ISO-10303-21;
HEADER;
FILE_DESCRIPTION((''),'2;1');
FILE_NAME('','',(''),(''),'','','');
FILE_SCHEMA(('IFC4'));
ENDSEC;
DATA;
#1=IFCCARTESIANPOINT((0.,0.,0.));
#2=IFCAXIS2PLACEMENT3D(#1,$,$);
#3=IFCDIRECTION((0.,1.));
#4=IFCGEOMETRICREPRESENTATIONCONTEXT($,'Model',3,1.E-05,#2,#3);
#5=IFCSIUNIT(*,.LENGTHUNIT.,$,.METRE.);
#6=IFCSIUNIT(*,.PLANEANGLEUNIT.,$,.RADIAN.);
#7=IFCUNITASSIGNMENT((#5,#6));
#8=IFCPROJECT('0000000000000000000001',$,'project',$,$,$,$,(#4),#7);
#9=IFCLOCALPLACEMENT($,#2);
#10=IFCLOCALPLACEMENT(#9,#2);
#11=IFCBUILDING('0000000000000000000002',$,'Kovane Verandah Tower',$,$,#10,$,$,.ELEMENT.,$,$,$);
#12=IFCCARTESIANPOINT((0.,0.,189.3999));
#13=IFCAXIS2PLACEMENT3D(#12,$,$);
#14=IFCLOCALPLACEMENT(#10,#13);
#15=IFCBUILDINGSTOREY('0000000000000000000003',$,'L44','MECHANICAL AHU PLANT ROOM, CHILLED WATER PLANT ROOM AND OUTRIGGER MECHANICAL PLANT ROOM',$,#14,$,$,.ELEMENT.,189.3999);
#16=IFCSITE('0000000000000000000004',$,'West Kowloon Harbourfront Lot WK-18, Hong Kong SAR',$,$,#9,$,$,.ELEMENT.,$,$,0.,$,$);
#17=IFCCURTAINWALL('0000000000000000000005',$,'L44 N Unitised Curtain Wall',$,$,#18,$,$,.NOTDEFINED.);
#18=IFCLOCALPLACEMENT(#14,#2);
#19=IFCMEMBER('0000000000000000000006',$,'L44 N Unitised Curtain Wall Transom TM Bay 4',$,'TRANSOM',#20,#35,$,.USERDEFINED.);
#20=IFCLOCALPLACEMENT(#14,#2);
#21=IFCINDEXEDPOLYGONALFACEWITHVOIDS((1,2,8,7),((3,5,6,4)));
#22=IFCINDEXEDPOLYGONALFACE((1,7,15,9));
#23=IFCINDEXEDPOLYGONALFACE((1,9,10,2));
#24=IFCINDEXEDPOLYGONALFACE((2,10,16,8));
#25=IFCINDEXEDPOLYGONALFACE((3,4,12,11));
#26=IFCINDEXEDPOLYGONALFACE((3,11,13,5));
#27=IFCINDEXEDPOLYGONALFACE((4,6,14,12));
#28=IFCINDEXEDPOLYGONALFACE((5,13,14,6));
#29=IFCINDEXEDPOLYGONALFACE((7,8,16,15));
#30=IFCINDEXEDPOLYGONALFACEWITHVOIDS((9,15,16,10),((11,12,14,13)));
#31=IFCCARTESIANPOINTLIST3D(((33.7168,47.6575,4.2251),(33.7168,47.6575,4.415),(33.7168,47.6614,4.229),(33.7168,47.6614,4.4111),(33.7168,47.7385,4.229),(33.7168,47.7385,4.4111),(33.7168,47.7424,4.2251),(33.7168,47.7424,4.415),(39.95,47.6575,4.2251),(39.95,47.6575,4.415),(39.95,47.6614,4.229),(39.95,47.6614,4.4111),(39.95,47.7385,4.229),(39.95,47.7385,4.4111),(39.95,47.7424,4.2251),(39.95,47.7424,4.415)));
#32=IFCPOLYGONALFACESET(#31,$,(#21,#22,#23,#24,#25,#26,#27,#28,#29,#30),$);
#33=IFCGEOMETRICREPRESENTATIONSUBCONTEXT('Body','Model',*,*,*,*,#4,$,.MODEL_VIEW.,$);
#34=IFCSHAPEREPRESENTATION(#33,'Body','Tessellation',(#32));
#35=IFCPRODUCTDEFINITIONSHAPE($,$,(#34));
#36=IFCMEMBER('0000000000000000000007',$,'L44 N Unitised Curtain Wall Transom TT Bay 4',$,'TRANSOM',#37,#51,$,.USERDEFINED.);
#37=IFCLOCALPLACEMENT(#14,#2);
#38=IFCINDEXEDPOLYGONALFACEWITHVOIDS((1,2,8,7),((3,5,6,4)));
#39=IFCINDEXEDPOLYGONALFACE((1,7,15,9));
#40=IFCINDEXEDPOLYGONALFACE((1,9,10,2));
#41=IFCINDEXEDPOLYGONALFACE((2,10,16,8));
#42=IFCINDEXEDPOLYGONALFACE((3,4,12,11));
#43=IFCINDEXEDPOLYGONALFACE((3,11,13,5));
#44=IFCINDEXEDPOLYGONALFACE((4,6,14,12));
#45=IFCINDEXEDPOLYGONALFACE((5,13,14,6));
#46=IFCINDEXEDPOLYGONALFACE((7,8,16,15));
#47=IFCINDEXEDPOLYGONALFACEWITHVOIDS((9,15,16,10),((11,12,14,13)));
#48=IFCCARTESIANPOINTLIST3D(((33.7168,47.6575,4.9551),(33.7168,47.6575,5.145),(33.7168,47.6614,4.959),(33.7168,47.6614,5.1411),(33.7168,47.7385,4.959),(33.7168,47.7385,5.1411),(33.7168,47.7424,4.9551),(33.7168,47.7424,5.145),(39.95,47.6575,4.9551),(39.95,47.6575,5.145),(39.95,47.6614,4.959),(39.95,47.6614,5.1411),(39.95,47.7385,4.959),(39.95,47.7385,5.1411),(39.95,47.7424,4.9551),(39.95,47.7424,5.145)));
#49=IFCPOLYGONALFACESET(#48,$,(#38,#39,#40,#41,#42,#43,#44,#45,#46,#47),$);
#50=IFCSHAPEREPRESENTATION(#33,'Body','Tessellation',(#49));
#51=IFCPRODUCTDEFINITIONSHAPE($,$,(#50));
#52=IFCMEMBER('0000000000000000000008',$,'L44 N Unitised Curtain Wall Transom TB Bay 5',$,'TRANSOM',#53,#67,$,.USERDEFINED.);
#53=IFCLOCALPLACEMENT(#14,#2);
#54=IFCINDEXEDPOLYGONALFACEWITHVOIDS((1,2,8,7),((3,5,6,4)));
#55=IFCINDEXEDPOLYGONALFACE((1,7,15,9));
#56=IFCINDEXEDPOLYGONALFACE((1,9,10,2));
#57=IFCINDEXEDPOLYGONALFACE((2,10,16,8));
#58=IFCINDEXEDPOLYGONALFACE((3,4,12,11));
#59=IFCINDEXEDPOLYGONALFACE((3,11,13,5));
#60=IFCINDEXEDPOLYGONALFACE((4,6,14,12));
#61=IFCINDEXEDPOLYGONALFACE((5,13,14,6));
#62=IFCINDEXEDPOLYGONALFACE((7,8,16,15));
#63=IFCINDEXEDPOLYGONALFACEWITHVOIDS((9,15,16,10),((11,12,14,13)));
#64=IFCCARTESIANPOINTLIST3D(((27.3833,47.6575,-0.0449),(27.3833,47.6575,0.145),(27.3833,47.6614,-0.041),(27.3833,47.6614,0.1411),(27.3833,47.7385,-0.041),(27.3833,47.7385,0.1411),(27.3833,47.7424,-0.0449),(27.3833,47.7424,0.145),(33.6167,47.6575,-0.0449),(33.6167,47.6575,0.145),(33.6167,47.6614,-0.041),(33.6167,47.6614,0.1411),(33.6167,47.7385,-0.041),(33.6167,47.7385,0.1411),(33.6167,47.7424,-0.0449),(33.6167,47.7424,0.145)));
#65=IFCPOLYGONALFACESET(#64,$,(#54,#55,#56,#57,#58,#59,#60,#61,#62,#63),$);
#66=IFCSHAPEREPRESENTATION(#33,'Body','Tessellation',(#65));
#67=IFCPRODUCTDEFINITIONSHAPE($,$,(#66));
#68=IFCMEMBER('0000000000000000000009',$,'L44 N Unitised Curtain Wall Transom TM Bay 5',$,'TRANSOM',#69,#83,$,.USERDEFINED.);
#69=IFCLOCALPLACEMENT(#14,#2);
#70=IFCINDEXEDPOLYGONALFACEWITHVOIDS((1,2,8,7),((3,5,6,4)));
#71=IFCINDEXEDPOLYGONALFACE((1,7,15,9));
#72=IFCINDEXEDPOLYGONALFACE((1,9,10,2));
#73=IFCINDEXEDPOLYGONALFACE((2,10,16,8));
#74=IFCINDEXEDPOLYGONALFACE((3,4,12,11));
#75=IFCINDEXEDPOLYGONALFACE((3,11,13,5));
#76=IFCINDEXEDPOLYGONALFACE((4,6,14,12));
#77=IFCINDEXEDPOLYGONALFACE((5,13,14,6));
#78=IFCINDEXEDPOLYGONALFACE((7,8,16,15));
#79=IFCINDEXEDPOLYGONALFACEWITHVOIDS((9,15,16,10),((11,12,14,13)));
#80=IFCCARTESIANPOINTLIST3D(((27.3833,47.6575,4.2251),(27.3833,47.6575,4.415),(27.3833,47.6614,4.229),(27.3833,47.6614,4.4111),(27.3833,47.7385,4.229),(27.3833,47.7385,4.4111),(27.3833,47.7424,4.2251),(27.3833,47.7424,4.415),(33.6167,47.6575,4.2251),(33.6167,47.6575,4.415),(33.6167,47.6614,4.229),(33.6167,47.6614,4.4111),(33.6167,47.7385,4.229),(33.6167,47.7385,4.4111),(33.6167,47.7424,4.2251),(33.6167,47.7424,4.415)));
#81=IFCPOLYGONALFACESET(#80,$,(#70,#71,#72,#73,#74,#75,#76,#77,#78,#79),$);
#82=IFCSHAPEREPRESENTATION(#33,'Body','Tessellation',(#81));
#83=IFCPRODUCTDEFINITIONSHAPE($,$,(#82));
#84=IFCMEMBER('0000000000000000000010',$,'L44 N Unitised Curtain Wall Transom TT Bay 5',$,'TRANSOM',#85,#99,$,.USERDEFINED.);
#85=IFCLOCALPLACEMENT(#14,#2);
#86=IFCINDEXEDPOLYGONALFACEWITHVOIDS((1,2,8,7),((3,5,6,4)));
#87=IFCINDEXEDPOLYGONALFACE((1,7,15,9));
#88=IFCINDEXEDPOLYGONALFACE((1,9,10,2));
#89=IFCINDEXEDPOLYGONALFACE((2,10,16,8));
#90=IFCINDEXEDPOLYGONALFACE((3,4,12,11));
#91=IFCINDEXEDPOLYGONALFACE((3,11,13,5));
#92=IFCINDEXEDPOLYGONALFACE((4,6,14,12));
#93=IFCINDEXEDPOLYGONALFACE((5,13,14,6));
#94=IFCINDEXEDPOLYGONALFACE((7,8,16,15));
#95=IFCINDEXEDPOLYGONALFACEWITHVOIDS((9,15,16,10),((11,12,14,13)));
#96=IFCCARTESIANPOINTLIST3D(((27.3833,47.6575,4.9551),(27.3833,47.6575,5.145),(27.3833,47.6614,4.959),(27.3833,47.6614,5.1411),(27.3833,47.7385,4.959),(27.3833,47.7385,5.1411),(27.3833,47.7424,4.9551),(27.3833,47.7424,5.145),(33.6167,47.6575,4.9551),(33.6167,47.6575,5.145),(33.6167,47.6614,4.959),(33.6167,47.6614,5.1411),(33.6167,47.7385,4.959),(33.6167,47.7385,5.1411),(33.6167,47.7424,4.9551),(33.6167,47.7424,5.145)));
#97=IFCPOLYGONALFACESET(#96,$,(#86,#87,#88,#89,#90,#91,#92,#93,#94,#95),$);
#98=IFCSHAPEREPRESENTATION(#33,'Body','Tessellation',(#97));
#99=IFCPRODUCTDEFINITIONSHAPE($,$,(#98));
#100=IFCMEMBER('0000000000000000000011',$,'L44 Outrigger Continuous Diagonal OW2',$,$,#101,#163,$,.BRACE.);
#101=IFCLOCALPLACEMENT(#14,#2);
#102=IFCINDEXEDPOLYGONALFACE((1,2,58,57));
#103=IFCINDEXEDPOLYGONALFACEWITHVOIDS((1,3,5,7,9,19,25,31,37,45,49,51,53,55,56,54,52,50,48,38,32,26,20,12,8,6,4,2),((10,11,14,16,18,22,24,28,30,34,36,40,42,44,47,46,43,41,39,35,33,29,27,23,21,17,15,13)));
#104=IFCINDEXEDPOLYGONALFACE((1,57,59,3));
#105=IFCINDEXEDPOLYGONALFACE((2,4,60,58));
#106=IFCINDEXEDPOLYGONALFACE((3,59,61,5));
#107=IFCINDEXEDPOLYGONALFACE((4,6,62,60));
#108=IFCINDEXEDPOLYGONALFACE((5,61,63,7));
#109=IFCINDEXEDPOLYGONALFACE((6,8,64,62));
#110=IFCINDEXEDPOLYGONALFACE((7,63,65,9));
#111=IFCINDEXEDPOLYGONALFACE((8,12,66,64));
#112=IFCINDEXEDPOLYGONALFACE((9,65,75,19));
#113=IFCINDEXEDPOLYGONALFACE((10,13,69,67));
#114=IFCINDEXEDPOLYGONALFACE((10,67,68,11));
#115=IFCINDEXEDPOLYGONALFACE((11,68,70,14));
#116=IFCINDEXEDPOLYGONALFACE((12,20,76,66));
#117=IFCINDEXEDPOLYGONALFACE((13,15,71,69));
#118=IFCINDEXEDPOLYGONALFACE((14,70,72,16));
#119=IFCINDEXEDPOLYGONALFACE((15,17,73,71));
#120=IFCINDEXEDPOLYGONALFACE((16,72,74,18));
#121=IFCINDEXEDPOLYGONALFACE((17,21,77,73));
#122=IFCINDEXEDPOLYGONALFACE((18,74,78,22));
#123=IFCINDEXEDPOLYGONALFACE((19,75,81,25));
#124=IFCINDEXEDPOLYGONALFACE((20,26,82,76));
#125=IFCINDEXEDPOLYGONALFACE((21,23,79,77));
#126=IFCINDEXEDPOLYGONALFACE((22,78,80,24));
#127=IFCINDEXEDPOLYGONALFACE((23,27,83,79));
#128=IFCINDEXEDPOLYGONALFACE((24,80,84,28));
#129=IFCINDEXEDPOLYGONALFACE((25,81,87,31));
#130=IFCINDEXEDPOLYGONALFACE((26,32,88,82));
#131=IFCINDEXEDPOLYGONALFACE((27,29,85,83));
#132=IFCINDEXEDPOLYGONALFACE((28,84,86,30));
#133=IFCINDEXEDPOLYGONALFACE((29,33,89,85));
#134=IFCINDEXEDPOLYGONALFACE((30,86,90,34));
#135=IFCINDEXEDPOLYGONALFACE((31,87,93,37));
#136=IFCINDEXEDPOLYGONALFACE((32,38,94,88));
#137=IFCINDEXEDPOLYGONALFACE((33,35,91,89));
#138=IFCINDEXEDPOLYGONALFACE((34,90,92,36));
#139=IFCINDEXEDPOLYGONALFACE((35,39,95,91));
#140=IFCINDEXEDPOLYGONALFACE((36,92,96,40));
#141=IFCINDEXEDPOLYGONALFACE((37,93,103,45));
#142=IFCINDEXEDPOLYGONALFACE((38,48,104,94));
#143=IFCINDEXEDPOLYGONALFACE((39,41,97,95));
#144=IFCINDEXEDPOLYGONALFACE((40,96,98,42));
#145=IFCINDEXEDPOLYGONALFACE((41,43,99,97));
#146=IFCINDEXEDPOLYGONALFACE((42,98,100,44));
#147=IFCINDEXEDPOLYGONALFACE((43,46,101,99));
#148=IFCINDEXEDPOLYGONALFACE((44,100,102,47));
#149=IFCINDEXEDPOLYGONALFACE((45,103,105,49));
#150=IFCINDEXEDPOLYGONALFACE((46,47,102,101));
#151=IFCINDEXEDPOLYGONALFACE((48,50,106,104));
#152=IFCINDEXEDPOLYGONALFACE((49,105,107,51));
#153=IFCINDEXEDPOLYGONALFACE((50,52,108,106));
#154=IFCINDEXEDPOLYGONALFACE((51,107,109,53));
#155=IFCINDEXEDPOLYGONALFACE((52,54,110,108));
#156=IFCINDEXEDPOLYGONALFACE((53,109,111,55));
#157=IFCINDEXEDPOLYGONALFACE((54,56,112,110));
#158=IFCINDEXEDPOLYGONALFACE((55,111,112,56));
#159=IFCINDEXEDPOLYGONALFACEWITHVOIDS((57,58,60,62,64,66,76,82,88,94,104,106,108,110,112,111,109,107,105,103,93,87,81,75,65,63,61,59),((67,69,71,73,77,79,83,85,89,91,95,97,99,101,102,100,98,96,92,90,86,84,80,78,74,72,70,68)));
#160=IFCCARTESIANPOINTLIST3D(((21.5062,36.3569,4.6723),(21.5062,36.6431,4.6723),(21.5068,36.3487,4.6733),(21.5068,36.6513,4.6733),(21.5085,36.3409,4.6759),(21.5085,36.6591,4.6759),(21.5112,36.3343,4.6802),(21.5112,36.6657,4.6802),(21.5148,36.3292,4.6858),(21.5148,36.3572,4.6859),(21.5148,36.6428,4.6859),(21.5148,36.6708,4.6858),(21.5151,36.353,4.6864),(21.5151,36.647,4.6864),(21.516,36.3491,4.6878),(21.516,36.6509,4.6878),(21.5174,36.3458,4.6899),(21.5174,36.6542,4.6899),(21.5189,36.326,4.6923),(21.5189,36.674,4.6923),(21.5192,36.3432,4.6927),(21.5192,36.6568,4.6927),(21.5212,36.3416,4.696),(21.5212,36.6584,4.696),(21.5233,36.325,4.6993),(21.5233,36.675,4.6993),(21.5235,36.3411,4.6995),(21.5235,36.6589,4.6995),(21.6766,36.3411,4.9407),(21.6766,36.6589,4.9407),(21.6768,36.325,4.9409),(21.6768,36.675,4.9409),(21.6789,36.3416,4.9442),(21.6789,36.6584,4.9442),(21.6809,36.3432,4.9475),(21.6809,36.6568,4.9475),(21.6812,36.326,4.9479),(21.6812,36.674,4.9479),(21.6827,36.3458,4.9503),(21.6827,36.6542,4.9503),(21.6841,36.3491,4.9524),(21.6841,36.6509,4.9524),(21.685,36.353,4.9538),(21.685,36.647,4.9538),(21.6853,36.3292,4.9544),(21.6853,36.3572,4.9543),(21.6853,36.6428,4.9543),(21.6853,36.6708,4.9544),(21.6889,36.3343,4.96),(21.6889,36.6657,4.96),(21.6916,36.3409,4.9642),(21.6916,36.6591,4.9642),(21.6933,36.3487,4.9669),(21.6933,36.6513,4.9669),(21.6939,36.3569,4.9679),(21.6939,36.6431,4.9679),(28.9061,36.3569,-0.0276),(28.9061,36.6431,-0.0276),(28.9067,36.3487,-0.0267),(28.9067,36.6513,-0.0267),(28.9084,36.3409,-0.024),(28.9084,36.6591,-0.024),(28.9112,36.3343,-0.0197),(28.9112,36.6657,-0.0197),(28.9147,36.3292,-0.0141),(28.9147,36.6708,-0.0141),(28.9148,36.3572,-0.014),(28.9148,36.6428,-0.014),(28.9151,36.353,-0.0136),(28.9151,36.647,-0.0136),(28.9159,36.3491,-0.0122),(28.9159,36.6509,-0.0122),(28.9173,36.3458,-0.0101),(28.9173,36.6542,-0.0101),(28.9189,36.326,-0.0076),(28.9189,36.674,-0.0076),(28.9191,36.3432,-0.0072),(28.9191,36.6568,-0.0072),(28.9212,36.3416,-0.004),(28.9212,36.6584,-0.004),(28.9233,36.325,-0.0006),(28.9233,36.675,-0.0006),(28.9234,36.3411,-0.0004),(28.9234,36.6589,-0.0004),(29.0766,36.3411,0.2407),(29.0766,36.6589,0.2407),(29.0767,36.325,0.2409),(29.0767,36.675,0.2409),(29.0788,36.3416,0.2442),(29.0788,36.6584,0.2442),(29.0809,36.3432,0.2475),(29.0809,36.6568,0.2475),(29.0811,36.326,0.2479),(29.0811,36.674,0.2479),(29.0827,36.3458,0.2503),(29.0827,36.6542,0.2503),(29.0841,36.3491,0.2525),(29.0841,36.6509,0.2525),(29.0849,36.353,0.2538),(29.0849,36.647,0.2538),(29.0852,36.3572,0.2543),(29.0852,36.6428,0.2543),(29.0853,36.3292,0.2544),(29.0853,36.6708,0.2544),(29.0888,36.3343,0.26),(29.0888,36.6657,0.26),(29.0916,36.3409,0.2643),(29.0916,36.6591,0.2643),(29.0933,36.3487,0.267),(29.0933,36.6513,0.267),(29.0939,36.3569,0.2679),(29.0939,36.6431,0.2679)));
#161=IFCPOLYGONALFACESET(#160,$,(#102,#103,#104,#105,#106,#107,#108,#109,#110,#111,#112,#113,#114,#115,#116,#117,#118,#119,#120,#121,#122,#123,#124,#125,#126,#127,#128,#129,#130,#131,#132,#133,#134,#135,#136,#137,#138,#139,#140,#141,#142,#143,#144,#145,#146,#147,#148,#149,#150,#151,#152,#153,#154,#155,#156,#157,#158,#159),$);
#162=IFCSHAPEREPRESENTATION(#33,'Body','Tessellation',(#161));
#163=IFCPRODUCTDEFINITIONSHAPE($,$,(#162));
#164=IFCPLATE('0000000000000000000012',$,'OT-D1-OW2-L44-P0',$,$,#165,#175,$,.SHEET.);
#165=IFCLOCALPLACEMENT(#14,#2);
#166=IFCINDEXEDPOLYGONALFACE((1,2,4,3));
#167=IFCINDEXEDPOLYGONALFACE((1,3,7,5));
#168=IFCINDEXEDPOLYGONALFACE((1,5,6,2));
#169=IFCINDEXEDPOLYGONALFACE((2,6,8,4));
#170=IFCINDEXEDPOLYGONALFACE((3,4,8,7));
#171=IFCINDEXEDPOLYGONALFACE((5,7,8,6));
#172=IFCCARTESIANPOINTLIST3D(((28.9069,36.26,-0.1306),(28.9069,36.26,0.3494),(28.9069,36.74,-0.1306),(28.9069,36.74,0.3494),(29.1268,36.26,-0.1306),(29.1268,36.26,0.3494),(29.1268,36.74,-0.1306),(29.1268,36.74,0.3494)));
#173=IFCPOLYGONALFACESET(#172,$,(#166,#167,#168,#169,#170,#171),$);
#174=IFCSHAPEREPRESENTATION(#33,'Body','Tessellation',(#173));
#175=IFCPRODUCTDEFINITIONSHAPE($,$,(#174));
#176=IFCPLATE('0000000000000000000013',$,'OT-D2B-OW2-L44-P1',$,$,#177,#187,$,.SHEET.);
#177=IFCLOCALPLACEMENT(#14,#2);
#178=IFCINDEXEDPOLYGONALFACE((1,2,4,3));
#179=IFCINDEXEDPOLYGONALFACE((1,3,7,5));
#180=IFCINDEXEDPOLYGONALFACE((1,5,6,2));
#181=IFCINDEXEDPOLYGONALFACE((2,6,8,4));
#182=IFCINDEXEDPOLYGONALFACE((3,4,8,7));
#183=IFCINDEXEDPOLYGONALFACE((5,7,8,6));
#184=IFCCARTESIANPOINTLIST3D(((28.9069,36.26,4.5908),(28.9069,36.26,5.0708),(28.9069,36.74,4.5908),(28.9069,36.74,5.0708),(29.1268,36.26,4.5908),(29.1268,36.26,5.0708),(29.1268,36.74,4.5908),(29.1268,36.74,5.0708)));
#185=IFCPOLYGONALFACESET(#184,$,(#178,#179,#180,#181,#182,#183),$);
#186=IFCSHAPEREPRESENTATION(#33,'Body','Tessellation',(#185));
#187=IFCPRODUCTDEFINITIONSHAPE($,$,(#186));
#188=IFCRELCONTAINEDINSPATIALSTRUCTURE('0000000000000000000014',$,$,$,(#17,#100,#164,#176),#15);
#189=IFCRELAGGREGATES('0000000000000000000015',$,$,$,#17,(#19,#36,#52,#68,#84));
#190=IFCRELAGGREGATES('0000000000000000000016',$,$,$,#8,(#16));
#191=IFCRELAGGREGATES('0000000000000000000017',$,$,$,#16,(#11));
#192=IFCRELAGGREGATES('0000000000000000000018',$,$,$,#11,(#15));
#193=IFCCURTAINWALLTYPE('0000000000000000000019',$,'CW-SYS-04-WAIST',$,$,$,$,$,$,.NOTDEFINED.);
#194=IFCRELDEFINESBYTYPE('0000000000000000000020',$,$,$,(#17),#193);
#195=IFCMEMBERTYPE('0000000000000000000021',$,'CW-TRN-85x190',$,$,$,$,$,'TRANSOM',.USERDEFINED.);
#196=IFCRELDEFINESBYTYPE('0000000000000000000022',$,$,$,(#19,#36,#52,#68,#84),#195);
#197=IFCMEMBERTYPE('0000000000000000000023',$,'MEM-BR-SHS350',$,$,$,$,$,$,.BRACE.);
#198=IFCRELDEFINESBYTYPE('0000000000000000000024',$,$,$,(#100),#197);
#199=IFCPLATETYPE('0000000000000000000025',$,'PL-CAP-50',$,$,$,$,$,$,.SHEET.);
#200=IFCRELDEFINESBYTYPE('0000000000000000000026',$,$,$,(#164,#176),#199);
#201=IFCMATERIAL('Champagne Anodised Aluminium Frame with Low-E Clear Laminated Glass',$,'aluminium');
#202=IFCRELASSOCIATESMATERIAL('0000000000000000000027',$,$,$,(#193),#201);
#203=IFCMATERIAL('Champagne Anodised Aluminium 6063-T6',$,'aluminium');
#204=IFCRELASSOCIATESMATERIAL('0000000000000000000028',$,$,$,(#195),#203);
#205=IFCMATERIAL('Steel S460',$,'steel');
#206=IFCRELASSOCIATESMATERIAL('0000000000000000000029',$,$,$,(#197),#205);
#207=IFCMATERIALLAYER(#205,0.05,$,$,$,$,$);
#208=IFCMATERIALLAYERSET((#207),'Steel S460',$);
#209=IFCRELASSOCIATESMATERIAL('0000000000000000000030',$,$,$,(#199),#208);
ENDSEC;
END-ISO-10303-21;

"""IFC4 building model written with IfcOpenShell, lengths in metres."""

from ifc_helpers import new_model, si_unit, direction, frame, origin, origin_2d, place, context, subcontext, project, spatial, rectangle, hollow_rectangle, extrude, material, layer, layer_set, material_profile, profile_set, type_object, element, aggregate, save


model = new_model("IFC4")

# Units and contexts
model_context = context("Model", 3, precision=1e-05, world=origin(), true_north=direction((0.0, 1.0)))
body_context = subcontext(model_context, "Body", "Model", "MODEL_VIEW")
ifc_project = project(units=[si_unit("LENGTHUNIT", "METRE"), si_unit("PLANEANGLEUNIT", "RADIAN")], contexts=[model_context])

# Site, building, storey
site_placement = place(None, origin())
site = spatial("IfcSite", under=ifc_project, at=site_placement, Name="West Kowloon Harbourfront Lot WK-18, Hong Kong SAR", CompositionType="ELEMENT", RefElevation=0.0)
building_placement = place(site_placement, origin())
building = spatial("IfcBuilding", under=site, at=building_placement, Name="Kovane Verandah Tower", CompositionType="ELEMENT")
storey_placement = place(building_placement, frame((0.0, 0.0, 189.3999)))
storey = spatial("IfcBuildingStorey", under=building, at=storey_placement, Name="L44", Description="MECHANICAL AHU PLANT ROOM, CHILLED WATER PLANT ROOM AND OUTRIGGER MECHANICAL PLANT ROOM", CompositionType="ELEMENT", Elevation=189.3999)

# Shared definitions
ifc_material_1 = material(Name="Steel S460", Category="steel")

# Curtain wall, members
ifc_material_2 = material(Name="Champagne Anodised Aluminium Frame with Low-E Clear Laminated Glass", Category="aluminium")
curtain_wall_type = type_object("IfcCurtainWallType", Name="CW-SYS-04-WAIST", PredefinedType="NOTDEFINED", material=ifc_material_2)
curtain_wall_placement = place(storey_placement, origin())
curtain_wall = element("IfcCurtainWall", 1, at=curtain_wall_placement, inside=storey, type_object=curtain_wall_type, Name="L44 N Unitised Curtain Wall", PredefinedType="NOTDEFINED")
ifc_material_3 = material(Name="Champagne Anodised Aluminium 6063-T6", Category="aluminium")
ifc_material_profile_1 = material_profile(ifc_material_3, hollow_rectangle(XDim=0.085, YDim=0.1899, WallThickness=0.0039, at=origin_2d()), Name="AL85x190x4")
ifc_profile_set_1 = profile_set([ifc_material_profile_1], Name="Champagne Anodised Aluminium 6063-T6")
member_type_1 = type_object("IfcMemberType", Name="CW-TRN-85x190", ElementType="TRANSOM", PredefinedType="USERDEFINED", material=ifc_profile_set_1)
member_1_placement = place(storey_placement, frame((39.95, 47.7, 4.3201), z_axis=(-1.0, 0.0, 0.0), x_axis=(0.0, -1.0, 0.0)))
member_1 = element("IfcMember", 2, at=member_1_placement, type_object=member_type_1, Name="L44 N Unitised Curtain Wall Transom TM Bay 4", ObjectType="TRANSOM", PredefinedType="USERDEFINED", context=body_context, shape_type="SweptSolid", body=[
    extrude(hollow_rectangle(XDim=0.085, YDim=0.1899, WallThickness=0.0039, at=origin_2d()), origin(), (0.0, 0.0, 1.0), 6.2332),
])
member_2_placement = place(storey_placement, frame((39.95, 47.7, 5.05), z_axis=(-1.0, 0.0, 0.0), x_axis=(0.0, -1.0, 0.0)))
member_2 = element("IfcMember", 3, at=member_2_placement, type_object=member_type_1, Name="L44 N Unitised Curtain Wall Transom TT Bay 4", ObjectType="TRANSOM", PredefinedType="USERDEFINED", context=body_context, shape_type="SweptSolid", body=[
    extrude(hollow_rectangle(XDim=0.085, YDim=0.1899, WallThickness=0.0039, at=origin_2d()), origin(), (0.0, 0.0, 1.0), 6.2332),
])
member_3_placement = place(storey_placement, frame((33.6167, 47.7, 0.05), z_axis=(-1.0, 0.0, 0.0), x_axis=(0.0, -1.0, 0.0)))
member_3 = element("IfcMember", 4, at=member_3_placement, type_object=member_type_1, Name="L44 N Unitised Curtain Wall Transom TB Bay 5", ObjectType="TRANSOM", PredefinedType="USERDEFINED", context=body_context, shape_type="SweptSolid", body=[
    extrude(hollow_rectangle(XDim=0.085, YDim=0.1899, WallThickness=0.0039, at=origin_2d()), origin(), (0.0, 0.0, 1.0), 6.2334),
])
member_4_placement = place(storey_placement, frame((33.6167, 47.7, 4.3201), z_axis=(-1.0, 0.0, 0.0), x_axis=(0.0, -1.0, 0.0)))
member_4 = element("IfcMember", 5, at=member_4_placement, type_object=member_type_1, Name="L44 N Unitised Curtain Wall Transom TM Bay 5", ObjectType="TRANSOM", PredefinedType="USERDEFINED", context=body_context, shape_type="SweptSolid", body=[
    extrude(hollow_rectangle(XDim=0.085, YDim=0.1899, WallThickness=0.0039, at=origin_2d()), origin(), (0.0, 0.0, 1.0), 6.2334),
])
member_5_placement = place(storey_placement, frame((33.6167, 47.7, 5.05), z_axis=(-1.0, 0.0, 0.0), x_axis=(0.0, -1.0, 0.0)))
member_5 = element("IfcMember", 6, at=member_5_placement, type_object=member_type_1, Name="L44 N Unitised Curtain Wall Transom TT Bay 5", ObjectType="TRANSOM", PredefinedType="USERDEFINED", context=body_context, shape_type="SweptSolid", body=[
    extrude(hollow_rectangle(XDim=0.085, YDim=0.1899, WallThickness=0.0039, at=origin_2d()), origin(), (0.0, 0.0, 1.0), 6.2334),
])

# Member
ifc_material_profile_2 = material_profile(ifc_material_1, hollow_rectangle(XDim=0.3501, YDim=0.3501, WallThickness=0.0161, InnerFilletRadius=0.0161, OuterFilletRadius=0.032, at=origin_2d()), Name="SHS350x350x16")
ifc_profile_set_2 = profile_set([ifc_material_profile_2], Name="Steel S460")
member_type_2 = type_object("IfcMemberType", Name="MEM-BR-SHS350", PredefinedType="BRACE", material=ifc_profile_set_2)
member_6_placement = place(storey_placement, frame((29.0, 36.5, 0.1201), z_axis=(-0.84413, 0.0, 0.536138), x_axis=(0.0, -1.0, 0.0)))
element("IfcMember", 7, at=member_6_placement, inside=storey, type_object=member_type_2, Name="L44 Outrigger Continuous Diagonal OW2", PredefinedType="BRACE", context=body_context, shape_type="SweptSolid", body=[
    extrude(hollow_rectangle(XDim=0.3501, YDim=0.3501, WallThickness=0.0161, InnerFilletRadius=0.0161, OuterFilletRadius=0.032, at=origin_2d()), origin(), (0.0, 0.0, 1.0), 8.7664),
])

# Plates
ifc_layer_1 = layer(ifc_material_1, 0.05)
ifc_layer_set_1 = layer_set([ifc_layer_1], Name="Steel S460")
plate_type_1 = type_object("IfcPlateType", Name="PL-CAP-50", PredefinedType="SHEET", material=ifc_layer_set_1)
for number, where, z_axis, x_axis, name in (
    (8, (29.0168, 36.5, -0.1306), (0.0, 0.0, 1.0), (-1.0, 0.0, 0.0), "OT-D1-OW2-L44-P0"),
    (9, (29.0168, 36.5, 4.5908), (0.0, 0.0, 1.0), (1.0, 0.0, 0.0), "OT-D2B-OW2-L44-P1"),
):
    element("IfcPlate", number, at=place(storey_placement, frame(where, z_axis=z_axis, x_axis=x_axis)), inside=storey, type_object=plate_type_1, Name=name, PredefinedType="SHEET", context=body_context, shape_type="SweptSolid", body=[
        extrude(rectangle(XDim=0.22, YDim=0.48, at=origin_2d()), origin(), (0.0, 0.0, 1.0), 0.48),
    ])

aggregate(curtain_wall, [member_1, member_2, member_3, member_4, member_5])

save(model, "model.ifc")
